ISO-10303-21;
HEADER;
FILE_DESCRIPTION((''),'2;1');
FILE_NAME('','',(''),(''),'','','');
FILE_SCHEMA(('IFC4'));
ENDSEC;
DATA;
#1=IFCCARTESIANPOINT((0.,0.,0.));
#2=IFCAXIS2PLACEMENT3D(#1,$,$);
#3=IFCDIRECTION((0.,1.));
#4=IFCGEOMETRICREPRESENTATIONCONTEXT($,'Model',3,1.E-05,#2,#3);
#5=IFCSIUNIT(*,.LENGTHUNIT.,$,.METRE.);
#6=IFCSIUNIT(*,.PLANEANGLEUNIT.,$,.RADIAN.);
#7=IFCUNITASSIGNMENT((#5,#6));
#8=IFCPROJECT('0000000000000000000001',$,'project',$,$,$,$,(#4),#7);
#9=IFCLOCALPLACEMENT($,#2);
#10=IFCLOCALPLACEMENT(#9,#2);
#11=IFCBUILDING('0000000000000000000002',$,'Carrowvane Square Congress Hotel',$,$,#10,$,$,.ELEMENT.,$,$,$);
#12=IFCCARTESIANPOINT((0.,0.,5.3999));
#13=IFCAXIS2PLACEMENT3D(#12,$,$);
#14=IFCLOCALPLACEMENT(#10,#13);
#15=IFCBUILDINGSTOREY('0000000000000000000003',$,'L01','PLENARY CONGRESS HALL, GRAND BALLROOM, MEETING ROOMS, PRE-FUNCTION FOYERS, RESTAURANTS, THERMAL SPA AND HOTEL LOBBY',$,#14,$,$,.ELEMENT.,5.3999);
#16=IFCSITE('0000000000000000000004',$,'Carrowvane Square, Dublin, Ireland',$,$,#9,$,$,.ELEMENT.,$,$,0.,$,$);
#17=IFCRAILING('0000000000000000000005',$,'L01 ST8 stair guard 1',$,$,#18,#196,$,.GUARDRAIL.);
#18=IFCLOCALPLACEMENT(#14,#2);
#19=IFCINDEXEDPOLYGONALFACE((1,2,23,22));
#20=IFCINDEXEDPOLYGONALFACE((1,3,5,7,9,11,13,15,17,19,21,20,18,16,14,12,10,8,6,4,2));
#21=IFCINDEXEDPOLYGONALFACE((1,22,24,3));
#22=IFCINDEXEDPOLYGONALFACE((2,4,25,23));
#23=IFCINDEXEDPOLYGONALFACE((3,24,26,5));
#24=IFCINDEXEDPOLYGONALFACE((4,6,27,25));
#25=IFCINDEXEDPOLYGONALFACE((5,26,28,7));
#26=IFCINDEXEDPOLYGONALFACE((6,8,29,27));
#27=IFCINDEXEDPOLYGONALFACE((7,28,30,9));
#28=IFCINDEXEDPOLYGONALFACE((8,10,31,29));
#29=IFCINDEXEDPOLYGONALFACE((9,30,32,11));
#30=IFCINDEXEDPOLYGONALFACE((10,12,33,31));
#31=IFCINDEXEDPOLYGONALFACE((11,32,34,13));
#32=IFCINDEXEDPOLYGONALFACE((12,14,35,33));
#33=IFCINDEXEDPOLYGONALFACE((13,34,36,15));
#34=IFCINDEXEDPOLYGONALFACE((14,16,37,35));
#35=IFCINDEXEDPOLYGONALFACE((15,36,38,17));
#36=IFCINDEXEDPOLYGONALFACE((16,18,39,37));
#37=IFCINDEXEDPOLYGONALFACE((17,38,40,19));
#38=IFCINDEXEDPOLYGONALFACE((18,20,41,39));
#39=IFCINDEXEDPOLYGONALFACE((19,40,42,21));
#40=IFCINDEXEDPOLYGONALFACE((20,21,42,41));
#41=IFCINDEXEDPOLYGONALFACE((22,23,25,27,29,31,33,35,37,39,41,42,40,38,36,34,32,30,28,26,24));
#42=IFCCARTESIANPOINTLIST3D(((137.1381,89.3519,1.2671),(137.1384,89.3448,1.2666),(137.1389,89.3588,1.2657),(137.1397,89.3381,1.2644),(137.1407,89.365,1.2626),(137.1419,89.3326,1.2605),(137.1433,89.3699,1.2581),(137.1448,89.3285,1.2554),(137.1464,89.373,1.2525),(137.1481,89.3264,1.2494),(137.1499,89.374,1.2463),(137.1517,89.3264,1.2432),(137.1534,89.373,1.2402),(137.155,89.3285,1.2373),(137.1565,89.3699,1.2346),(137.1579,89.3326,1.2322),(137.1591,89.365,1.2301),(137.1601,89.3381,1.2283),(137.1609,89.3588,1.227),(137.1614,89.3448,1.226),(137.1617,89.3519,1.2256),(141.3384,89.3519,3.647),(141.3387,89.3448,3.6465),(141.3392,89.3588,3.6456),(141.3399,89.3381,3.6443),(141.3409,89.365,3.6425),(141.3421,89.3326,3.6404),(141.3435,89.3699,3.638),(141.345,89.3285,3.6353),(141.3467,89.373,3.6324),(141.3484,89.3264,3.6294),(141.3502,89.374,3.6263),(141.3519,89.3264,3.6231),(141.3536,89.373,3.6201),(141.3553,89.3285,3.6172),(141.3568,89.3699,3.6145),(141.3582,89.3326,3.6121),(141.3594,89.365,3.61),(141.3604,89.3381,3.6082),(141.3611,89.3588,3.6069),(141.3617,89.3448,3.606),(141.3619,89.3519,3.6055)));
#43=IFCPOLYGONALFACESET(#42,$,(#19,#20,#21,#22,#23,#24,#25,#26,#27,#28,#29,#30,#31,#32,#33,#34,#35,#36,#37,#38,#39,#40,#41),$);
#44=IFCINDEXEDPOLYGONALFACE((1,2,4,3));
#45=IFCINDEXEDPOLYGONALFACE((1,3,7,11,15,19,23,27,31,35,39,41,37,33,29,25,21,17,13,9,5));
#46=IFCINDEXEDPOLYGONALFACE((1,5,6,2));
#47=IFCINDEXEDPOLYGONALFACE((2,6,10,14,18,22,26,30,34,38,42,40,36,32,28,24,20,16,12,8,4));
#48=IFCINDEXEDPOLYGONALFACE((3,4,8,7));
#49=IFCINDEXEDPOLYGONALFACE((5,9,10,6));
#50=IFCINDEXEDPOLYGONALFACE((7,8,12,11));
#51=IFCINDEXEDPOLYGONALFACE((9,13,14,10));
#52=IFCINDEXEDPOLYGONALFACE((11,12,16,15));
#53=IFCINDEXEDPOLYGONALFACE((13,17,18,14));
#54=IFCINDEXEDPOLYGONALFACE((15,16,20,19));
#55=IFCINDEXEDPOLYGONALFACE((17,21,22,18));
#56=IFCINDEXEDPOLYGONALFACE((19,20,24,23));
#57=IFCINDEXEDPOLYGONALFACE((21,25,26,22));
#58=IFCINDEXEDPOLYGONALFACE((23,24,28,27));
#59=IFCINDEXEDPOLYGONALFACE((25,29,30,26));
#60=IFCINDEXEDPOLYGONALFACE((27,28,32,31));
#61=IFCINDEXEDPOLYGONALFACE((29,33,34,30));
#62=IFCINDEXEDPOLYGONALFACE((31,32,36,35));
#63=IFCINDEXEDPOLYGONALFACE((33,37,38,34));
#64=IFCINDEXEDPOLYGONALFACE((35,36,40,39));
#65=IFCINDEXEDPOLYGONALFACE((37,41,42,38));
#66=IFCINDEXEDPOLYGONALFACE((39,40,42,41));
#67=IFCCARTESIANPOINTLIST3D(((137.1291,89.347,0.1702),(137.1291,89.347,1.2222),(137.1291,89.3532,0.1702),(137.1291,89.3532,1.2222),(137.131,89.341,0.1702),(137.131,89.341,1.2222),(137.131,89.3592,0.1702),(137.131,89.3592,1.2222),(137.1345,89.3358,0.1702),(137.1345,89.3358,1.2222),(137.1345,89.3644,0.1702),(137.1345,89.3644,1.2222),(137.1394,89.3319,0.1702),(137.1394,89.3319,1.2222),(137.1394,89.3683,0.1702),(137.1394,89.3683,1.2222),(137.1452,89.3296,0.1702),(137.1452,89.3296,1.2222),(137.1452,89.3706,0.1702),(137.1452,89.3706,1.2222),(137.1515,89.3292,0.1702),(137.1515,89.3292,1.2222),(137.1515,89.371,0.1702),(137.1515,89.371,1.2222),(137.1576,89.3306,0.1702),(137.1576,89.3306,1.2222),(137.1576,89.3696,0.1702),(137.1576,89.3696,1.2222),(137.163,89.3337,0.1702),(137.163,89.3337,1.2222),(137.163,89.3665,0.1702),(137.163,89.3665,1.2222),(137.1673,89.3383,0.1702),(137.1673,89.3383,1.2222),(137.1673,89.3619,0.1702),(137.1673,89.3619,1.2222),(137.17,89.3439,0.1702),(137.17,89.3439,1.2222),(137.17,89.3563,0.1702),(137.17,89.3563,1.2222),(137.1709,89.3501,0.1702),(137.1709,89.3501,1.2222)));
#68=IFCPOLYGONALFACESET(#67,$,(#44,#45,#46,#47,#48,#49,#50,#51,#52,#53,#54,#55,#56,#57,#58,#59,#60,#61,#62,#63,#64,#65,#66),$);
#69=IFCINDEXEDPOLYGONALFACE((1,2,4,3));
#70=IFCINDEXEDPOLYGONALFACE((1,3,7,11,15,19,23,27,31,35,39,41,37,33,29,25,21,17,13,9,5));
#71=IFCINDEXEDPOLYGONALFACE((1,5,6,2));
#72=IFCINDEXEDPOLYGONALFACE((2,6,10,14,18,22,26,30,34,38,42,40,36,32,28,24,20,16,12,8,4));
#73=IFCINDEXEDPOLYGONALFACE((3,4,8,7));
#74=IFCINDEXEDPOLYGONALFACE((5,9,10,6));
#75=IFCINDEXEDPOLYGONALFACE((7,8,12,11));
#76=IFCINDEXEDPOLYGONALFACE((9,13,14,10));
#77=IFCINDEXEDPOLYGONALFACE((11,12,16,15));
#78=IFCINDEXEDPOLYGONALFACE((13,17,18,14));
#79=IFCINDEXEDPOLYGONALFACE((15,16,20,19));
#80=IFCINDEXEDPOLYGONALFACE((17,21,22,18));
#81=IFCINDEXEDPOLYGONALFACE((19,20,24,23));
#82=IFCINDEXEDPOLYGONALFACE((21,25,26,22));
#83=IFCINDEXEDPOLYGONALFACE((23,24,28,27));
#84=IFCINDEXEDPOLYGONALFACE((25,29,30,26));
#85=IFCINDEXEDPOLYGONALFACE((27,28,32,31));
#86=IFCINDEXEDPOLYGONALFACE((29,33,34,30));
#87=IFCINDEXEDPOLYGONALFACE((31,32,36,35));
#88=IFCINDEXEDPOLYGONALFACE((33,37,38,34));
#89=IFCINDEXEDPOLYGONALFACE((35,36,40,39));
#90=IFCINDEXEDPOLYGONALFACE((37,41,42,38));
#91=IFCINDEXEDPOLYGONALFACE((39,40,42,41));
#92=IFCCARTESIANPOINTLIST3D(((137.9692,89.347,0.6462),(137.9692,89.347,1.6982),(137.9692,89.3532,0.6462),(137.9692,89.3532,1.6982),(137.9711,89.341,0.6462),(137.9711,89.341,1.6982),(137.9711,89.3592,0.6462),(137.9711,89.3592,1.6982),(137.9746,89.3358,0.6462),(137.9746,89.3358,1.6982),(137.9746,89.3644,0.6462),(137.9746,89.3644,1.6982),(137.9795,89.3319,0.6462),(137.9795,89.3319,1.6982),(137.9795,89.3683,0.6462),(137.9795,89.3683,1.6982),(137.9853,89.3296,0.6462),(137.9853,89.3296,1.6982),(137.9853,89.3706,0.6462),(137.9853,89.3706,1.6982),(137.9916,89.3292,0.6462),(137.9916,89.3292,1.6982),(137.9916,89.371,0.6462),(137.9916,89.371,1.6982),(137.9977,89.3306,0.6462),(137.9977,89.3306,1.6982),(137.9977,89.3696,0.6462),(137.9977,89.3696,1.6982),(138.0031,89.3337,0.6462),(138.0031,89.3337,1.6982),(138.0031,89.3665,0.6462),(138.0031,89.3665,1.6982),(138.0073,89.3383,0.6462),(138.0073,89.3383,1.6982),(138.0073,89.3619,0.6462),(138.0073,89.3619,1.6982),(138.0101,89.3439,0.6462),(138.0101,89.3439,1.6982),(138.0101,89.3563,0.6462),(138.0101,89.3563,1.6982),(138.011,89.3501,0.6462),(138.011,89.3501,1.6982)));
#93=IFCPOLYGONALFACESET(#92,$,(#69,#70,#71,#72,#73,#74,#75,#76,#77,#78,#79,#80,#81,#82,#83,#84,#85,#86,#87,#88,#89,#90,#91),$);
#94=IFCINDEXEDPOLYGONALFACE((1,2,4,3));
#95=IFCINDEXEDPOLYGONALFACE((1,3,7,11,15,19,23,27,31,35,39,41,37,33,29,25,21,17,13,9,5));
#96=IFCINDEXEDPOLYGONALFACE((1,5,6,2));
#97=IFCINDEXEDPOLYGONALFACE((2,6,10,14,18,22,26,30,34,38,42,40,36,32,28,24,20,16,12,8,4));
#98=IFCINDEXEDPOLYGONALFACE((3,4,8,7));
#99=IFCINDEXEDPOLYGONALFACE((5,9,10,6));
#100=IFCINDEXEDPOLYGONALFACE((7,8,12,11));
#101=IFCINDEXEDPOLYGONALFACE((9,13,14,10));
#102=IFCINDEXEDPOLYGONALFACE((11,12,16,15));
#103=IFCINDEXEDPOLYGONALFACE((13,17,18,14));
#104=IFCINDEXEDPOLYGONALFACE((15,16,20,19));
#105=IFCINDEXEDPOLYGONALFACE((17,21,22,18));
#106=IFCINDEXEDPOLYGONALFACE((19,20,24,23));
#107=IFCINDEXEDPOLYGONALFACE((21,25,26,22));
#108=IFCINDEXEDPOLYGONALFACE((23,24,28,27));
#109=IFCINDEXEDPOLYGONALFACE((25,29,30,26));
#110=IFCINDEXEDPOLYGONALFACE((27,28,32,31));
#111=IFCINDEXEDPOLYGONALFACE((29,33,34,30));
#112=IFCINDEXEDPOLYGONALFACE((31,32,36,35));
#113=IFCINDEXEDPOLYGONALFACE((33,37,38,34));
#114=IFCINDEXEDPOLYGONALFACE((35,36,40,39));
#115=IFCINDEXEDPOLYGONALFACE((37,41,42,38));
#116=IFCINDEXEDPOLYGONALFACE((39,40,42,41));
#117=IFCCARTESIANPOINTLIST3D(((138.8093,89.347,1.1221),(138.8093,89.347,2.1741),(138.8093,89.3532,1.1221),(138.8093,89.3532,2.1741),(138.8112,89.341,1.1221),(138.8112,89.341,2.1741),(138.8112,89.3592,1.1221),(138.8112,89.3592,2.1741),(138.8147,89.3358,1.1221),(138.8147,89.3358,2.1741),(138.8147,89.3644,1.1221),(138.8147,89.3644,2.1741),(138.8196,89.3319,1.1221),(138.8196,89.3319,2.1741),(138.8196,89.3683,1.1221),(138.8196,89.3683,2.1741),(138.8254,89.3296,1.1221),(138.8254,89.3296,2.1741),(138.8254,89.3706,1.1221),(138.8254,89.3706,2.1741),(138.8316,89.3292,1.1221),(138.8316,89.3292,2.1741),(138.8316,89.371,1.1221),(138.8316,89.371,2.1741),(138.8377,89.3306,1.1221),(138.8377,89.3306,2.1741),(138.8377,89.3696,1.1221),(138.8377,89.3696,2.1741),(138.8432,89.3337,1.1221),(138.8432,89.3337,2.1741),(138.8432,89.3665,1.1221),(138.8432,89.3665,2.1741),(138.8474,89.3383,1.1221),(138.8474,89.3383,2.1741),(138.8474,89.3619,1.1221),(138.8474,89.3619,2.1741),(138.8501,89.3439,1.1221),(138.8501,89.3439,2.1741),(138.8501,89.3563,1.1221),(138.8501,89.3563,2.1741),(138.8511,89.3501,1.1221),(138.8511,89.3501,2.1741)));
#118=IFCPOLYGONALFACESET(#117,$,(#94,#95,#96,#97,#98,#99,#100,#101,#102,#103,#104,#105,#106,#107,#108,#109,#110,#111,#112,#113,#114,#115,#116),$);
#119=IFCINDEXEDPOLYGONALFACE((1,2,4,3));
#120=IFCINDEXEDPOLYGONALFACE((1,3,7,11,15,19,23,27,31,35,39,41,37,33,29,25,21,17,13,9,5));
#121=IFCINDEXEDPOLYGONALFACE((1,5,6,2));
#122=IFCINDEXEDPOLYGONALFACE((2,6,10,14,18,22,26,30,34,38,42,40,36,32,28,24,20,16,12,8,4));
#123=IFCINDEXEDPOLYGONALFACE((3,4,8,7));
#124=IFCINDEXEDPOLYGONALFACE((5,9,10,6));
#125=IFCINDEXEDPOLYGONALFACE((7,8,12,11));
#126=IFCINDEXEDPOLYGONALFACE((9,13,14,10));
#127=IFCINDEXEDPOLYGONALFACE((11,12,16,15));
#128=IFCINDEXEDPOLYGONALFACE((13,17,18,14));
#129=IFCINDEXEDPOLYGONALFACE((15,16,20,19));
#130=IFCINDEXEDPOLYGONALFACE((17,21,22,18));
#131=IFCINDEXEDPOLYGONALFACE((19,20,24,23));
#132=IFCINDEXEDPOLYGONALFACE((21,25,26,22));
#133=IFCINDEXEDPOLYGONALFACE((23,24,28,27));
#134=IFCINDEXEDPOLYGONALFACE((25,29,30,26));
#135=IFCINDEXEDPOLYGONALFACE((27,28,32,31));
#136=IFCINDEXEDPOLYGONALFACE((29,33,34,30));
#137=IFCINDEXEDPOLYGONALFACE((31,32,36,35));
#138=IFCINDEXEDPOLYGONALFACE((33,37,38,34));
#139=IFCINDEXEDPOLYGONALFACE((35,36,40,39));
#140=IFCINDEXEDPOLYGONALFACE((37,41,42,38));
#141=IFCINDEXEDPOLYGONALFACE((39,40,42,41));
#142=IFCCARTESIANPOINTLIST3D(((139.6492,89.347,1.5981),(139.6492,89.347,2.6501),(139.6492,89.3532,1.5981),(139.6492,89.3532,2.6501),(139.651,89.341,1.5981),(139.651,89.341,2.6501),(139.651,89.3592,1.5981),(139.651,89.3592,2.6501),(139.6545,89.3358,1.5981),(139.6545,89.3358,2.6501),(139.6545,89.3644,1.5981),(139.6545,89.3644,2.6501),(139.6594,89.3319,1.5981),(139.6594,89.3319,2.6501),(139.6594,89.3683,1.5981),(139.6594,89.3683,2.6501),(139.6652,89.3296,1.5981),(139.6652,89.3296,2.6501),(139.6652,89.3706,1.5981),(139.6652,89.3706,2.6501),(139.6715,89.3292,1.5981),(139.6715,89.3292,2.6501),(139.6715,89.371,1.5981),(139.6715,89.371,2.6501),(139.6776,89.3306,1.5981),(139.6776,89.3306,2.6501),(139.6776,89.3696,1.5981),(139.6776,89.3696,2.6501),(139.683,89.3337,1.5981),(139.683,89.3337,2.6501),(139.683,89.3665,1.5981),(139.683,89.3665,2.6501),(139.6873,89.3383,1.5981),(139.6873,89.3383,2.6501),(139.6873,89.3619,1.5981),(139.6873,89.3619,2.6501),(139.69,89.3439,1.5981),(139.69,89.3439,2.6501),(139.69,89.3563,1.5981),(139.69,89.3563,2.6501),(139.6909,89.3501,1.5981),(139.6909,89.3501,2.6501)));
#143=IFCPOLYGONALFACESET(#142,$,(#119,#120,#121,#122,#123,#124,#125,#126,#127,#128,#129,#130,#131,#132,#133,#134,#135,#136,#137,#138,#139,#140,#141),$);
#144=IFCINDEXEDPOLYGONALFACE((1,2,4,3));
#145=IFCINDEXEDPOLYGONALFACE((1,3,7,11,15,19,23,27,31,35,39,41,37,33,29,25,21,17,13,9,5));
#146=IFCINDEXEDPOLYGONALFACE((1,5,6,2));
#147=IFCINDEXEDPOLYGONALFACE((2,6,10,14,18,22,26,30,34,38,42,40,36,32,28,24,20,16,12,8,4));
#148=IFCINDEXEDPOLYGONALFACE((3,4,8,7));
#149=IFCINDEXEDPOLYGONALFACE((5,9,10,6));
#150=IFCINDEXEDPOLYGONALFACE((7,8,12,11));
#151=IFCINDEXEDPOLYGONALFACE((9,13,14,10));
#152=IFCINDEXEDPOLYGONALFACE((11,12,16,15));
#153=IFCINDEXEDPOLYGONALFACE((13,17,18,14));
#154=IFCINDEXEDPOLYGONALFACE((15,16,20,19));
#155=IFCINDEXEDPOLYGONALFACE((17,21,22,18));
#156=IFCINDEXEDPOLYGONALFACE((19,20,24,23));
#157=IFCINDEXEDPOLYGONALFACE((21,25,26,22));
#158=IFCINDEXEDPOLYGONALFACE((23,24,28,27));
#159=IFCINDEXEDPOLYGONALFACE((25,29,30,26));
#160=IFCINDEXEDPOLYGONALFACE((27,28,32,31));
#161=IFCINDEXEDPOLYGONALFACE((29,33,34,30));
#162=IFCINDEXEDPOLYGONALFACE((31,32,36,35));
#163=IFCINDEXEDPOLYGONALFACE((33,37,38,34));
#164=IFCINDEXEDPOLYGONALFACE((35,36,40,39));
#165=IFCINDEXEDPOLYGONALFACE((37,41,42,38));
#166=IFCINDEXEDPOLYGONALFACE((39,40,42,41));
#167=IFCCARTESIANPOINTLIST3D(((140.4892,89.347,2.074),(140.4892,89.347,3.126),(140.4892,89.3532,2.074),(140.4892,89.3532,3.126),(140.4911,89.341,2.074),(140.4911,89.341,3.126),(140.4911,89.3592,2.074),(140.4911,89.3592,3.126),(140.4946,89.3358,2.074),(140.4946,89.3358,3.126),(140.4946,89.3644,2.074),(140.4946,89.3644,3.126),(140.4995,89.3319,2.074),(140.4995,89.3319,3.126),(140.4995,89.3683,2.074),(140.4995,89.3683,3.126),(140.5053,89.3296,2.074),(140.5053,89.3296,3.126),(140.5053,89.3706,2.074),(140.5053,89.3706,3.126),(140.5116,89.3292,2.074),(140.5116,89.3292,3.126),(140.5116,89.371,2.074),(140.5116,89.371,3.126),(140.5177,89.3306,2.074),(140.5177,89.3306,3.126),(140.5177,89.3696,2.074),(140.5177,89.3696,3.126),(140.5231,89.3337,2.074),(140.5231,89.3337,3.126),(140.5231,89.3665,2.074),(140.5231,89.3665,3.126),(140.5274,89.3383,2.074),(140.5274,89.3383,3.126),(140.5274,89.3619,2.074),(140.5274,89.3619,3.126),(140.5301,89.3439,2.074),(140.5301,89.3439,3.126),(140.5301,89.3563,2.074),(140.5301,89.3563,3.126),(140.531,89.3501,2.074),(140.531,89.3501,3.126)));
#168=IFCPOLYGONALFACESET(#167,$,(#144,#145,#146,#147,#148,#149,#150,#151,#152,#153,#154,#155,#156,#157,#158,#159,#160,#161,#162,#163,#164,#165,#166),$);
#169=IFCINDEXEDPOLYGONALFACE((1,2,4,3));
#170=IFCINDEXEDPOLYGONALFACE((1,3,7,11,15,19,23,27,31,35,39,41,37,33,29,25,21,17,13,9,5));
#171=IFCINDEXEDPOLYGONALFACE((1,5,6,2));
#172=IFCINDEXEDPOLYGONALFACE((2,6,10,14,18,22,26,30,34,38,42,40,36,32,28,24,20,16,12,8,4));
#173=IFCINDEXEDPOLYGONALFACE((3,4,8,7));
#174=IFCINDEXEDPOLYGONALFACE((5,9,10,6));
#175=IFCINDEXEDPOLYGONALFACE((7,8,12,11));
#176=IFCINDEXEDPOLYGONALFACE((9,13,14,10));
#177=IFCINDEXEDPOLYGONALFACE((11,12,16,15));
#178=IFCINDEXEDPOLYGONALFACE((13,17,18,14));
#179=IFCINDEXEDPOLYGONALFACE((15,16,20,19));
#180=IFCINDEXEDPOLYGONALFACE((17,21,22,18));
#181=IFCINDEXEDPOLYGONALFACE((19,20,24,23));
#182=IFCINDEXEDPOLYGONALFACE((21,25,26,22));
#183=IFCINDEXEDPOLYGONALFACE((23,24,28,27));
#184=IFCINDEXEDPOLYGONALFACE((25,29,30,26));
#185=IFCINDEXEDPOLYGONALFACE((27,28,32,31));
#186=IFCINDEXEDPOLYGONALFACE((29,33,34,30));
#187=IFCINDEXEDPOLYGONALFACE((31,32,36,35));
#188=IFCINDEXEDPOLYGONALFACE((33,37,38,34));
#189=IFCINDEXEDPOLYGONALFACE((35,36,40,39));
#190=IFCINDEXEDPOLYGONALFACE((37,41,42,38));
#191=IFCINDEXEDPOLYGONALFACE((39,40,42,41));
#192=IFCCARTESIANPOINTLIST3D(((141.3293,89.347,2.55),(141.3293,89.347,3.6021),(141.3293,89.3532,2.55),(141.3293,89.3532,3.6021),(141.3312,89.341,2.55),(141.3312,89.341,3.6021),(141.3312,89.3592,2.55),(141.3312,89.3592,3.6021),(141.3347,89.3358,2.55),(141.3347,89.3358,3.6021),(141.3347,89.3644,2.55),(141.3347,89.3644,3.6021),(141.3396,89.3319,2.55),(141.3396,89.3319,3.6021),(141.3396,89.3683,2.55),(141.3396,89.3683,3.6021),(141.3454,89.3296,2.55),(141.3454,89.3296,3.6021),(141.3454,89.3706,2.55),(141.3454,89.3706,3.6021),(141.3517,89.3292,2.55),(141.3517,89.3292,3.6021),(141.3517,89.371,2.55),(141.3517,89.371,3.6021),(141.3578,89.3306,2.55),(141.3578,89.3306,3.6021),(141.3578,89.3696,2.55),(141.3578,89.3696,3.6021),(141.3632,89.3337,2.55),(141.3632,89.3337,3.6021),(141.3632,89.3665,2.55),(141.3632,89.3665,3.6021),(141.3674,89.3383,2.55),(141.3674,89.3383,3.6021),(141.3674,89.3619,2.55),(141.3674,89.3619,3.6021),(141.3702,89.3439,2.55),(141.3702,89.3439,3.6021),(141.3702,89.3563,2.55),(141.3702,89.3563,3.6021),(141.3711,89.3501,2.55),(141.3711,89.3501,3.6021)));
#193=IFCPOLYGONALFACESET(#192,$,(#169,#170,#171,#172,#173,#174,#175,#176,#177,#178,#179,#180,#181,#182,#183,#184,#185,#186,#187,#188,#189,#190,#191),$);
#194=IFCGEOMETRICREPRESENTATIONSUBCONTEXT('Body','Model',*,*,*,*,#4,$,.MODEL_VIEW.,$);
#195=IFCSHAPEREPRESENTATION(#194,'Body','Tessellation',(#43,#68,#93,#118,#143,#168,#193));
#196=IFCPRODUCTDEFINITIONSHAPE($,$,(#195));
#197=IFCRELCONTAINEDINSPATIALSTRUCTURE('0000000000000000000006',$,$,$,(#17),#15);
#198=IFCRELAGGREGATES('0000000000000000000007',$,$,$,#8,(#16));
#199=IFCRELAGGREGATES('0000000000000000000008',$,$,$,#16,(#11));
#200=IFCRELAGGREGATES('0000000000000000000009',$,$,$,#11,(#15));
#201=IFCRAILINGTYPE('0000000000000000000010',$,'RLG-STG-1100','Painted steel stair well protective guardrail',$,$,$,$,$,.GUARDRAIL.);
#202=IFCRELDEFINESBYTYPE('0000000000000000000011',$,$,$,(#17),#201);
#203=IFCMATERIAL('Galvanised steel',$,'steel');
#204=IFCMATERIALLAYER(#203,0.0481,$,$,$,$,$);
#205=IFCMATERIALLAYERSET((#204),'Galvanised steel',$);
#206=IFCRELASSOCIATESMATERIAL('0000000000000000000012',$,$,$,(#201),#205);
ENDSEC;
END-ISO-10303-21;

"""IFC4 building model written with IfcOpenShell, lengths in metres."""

from ifc_helpers import new_model, si_unit, direction, frame, origin, origin_2d, place, context, subcontext, project, spatial, circle, extrude, material, layer, layer_set, type_object, element, save


model = new_model("IFC4")

# Units and contexts
model_context = context("Model", 3, precision=1e-05, world=origin(), true_north=direction((0.0, 1.0)))
body_context = subcontext(model_context, "Body", "Model", "MODEL_VIEW")
ifc_project = project(units=[si_unit("LENGTHUNIT", "METRE"), si_unit("PLANEANGLEUNIT", "RADIAN")], contexts=[model_context])

# Site, building, storey
site_placement = place(None, origin())
site = spatial("IfcSite", under=ifc_project, at=site_placement, Name="Carrowvane Square, Dublin, Ireland", CompositionType="ELEMENT", RefElevation=0.0)
building_placement = place(site_placement, origin())
building = spatial("IfcBuilding", under=site, at=building_placement, Name="Carrowvane Square Congress Hotel", CompositionType="ELEMENT")
storey_placement = place(building_placement, frame((0.0, 0.0, 5.3999)))
storey = spatial("IfcBuildingStorey", under=building, at=storey_placement, Name="L01", Description="PLENARY CONGRESS HALL, GRAND BALLROOM, MEETING ROOMS, PRE-FUNCTION FOYERS, RESTAURANTS, THERMAL SPA AND HOTEL LOBBY", CompositionType="ELEMENT", Elevation=5.3999)

# Railing
ifc_material_1 = material(Name="Galvanised steel", Category="steel")
ifc_layer_1 = layer(ifc_material_1, 0.0481)
ifc_layer_set_1 = layer_set([ifc_layer_1], Name="Galvanised steel")
railing_type_1 = type_object("IfcRailingType", Name="RLG-STG-1100", Description="Painted steel stair well protective guardrail", PredefinedType="GUARDRAIL", material=ifc_layer_set_1)
railing_1_placement = place(storey_placement, frame((137.1499, 89.3501, 0.1702)))
element("IfcRailing", 1, at=railing_1_placement, inside=storey, type_object=railing_type_1, Name="L01 ST8 stair guard 1", PredefinedType="GUARDRAIL", context=body_context, shape_type="SweptSolid", body=[
    extrude(circle(Radius=0.0239, at=origin_2d()), frame((0.0, 0.0, 1.0762), z_axis=(0.870042, 0.0, 0.492977), x_axis=(0.0, 1.0, 0.0)), (0.0, 0.0, 1.0), 4.8276),
    extrude(circle(Radius=0.021, at=origin_2d()), origin(), (0.0, 0.0, 1.0), 1.052),
    extrude(circle(Radius=0.021, at=origin_2d()), frame((0.8401, 0.0, 0.4761)), (0.0, 0.0, 1.0), 1.052),
    extrude(circle(Radius=0.021, at=origin_2d()), frame((1.6802, 0.0, 0.9519)), (0.0, 0.0, 1.0), 1.052),
    extrude(circle(Radius=0.021, at=origin_2d()), frame((2.52, 0.0, 1.428)), (0.0, 0.0, 1.0), 1.052),
    extrude(circle(Radius=0.021, at=origin_2d()), frame((3.3601, 0.0, 1.9038)), (0.0, 0.0, 1.0), 1.052),
    extrude(circle(Radius=0.021, at=origin_2d()), frame((4.2002, 0.0, 2.3799)), (0.0, 0.0, 1.0), 1.052),
])

save(model, "model.ifc")
